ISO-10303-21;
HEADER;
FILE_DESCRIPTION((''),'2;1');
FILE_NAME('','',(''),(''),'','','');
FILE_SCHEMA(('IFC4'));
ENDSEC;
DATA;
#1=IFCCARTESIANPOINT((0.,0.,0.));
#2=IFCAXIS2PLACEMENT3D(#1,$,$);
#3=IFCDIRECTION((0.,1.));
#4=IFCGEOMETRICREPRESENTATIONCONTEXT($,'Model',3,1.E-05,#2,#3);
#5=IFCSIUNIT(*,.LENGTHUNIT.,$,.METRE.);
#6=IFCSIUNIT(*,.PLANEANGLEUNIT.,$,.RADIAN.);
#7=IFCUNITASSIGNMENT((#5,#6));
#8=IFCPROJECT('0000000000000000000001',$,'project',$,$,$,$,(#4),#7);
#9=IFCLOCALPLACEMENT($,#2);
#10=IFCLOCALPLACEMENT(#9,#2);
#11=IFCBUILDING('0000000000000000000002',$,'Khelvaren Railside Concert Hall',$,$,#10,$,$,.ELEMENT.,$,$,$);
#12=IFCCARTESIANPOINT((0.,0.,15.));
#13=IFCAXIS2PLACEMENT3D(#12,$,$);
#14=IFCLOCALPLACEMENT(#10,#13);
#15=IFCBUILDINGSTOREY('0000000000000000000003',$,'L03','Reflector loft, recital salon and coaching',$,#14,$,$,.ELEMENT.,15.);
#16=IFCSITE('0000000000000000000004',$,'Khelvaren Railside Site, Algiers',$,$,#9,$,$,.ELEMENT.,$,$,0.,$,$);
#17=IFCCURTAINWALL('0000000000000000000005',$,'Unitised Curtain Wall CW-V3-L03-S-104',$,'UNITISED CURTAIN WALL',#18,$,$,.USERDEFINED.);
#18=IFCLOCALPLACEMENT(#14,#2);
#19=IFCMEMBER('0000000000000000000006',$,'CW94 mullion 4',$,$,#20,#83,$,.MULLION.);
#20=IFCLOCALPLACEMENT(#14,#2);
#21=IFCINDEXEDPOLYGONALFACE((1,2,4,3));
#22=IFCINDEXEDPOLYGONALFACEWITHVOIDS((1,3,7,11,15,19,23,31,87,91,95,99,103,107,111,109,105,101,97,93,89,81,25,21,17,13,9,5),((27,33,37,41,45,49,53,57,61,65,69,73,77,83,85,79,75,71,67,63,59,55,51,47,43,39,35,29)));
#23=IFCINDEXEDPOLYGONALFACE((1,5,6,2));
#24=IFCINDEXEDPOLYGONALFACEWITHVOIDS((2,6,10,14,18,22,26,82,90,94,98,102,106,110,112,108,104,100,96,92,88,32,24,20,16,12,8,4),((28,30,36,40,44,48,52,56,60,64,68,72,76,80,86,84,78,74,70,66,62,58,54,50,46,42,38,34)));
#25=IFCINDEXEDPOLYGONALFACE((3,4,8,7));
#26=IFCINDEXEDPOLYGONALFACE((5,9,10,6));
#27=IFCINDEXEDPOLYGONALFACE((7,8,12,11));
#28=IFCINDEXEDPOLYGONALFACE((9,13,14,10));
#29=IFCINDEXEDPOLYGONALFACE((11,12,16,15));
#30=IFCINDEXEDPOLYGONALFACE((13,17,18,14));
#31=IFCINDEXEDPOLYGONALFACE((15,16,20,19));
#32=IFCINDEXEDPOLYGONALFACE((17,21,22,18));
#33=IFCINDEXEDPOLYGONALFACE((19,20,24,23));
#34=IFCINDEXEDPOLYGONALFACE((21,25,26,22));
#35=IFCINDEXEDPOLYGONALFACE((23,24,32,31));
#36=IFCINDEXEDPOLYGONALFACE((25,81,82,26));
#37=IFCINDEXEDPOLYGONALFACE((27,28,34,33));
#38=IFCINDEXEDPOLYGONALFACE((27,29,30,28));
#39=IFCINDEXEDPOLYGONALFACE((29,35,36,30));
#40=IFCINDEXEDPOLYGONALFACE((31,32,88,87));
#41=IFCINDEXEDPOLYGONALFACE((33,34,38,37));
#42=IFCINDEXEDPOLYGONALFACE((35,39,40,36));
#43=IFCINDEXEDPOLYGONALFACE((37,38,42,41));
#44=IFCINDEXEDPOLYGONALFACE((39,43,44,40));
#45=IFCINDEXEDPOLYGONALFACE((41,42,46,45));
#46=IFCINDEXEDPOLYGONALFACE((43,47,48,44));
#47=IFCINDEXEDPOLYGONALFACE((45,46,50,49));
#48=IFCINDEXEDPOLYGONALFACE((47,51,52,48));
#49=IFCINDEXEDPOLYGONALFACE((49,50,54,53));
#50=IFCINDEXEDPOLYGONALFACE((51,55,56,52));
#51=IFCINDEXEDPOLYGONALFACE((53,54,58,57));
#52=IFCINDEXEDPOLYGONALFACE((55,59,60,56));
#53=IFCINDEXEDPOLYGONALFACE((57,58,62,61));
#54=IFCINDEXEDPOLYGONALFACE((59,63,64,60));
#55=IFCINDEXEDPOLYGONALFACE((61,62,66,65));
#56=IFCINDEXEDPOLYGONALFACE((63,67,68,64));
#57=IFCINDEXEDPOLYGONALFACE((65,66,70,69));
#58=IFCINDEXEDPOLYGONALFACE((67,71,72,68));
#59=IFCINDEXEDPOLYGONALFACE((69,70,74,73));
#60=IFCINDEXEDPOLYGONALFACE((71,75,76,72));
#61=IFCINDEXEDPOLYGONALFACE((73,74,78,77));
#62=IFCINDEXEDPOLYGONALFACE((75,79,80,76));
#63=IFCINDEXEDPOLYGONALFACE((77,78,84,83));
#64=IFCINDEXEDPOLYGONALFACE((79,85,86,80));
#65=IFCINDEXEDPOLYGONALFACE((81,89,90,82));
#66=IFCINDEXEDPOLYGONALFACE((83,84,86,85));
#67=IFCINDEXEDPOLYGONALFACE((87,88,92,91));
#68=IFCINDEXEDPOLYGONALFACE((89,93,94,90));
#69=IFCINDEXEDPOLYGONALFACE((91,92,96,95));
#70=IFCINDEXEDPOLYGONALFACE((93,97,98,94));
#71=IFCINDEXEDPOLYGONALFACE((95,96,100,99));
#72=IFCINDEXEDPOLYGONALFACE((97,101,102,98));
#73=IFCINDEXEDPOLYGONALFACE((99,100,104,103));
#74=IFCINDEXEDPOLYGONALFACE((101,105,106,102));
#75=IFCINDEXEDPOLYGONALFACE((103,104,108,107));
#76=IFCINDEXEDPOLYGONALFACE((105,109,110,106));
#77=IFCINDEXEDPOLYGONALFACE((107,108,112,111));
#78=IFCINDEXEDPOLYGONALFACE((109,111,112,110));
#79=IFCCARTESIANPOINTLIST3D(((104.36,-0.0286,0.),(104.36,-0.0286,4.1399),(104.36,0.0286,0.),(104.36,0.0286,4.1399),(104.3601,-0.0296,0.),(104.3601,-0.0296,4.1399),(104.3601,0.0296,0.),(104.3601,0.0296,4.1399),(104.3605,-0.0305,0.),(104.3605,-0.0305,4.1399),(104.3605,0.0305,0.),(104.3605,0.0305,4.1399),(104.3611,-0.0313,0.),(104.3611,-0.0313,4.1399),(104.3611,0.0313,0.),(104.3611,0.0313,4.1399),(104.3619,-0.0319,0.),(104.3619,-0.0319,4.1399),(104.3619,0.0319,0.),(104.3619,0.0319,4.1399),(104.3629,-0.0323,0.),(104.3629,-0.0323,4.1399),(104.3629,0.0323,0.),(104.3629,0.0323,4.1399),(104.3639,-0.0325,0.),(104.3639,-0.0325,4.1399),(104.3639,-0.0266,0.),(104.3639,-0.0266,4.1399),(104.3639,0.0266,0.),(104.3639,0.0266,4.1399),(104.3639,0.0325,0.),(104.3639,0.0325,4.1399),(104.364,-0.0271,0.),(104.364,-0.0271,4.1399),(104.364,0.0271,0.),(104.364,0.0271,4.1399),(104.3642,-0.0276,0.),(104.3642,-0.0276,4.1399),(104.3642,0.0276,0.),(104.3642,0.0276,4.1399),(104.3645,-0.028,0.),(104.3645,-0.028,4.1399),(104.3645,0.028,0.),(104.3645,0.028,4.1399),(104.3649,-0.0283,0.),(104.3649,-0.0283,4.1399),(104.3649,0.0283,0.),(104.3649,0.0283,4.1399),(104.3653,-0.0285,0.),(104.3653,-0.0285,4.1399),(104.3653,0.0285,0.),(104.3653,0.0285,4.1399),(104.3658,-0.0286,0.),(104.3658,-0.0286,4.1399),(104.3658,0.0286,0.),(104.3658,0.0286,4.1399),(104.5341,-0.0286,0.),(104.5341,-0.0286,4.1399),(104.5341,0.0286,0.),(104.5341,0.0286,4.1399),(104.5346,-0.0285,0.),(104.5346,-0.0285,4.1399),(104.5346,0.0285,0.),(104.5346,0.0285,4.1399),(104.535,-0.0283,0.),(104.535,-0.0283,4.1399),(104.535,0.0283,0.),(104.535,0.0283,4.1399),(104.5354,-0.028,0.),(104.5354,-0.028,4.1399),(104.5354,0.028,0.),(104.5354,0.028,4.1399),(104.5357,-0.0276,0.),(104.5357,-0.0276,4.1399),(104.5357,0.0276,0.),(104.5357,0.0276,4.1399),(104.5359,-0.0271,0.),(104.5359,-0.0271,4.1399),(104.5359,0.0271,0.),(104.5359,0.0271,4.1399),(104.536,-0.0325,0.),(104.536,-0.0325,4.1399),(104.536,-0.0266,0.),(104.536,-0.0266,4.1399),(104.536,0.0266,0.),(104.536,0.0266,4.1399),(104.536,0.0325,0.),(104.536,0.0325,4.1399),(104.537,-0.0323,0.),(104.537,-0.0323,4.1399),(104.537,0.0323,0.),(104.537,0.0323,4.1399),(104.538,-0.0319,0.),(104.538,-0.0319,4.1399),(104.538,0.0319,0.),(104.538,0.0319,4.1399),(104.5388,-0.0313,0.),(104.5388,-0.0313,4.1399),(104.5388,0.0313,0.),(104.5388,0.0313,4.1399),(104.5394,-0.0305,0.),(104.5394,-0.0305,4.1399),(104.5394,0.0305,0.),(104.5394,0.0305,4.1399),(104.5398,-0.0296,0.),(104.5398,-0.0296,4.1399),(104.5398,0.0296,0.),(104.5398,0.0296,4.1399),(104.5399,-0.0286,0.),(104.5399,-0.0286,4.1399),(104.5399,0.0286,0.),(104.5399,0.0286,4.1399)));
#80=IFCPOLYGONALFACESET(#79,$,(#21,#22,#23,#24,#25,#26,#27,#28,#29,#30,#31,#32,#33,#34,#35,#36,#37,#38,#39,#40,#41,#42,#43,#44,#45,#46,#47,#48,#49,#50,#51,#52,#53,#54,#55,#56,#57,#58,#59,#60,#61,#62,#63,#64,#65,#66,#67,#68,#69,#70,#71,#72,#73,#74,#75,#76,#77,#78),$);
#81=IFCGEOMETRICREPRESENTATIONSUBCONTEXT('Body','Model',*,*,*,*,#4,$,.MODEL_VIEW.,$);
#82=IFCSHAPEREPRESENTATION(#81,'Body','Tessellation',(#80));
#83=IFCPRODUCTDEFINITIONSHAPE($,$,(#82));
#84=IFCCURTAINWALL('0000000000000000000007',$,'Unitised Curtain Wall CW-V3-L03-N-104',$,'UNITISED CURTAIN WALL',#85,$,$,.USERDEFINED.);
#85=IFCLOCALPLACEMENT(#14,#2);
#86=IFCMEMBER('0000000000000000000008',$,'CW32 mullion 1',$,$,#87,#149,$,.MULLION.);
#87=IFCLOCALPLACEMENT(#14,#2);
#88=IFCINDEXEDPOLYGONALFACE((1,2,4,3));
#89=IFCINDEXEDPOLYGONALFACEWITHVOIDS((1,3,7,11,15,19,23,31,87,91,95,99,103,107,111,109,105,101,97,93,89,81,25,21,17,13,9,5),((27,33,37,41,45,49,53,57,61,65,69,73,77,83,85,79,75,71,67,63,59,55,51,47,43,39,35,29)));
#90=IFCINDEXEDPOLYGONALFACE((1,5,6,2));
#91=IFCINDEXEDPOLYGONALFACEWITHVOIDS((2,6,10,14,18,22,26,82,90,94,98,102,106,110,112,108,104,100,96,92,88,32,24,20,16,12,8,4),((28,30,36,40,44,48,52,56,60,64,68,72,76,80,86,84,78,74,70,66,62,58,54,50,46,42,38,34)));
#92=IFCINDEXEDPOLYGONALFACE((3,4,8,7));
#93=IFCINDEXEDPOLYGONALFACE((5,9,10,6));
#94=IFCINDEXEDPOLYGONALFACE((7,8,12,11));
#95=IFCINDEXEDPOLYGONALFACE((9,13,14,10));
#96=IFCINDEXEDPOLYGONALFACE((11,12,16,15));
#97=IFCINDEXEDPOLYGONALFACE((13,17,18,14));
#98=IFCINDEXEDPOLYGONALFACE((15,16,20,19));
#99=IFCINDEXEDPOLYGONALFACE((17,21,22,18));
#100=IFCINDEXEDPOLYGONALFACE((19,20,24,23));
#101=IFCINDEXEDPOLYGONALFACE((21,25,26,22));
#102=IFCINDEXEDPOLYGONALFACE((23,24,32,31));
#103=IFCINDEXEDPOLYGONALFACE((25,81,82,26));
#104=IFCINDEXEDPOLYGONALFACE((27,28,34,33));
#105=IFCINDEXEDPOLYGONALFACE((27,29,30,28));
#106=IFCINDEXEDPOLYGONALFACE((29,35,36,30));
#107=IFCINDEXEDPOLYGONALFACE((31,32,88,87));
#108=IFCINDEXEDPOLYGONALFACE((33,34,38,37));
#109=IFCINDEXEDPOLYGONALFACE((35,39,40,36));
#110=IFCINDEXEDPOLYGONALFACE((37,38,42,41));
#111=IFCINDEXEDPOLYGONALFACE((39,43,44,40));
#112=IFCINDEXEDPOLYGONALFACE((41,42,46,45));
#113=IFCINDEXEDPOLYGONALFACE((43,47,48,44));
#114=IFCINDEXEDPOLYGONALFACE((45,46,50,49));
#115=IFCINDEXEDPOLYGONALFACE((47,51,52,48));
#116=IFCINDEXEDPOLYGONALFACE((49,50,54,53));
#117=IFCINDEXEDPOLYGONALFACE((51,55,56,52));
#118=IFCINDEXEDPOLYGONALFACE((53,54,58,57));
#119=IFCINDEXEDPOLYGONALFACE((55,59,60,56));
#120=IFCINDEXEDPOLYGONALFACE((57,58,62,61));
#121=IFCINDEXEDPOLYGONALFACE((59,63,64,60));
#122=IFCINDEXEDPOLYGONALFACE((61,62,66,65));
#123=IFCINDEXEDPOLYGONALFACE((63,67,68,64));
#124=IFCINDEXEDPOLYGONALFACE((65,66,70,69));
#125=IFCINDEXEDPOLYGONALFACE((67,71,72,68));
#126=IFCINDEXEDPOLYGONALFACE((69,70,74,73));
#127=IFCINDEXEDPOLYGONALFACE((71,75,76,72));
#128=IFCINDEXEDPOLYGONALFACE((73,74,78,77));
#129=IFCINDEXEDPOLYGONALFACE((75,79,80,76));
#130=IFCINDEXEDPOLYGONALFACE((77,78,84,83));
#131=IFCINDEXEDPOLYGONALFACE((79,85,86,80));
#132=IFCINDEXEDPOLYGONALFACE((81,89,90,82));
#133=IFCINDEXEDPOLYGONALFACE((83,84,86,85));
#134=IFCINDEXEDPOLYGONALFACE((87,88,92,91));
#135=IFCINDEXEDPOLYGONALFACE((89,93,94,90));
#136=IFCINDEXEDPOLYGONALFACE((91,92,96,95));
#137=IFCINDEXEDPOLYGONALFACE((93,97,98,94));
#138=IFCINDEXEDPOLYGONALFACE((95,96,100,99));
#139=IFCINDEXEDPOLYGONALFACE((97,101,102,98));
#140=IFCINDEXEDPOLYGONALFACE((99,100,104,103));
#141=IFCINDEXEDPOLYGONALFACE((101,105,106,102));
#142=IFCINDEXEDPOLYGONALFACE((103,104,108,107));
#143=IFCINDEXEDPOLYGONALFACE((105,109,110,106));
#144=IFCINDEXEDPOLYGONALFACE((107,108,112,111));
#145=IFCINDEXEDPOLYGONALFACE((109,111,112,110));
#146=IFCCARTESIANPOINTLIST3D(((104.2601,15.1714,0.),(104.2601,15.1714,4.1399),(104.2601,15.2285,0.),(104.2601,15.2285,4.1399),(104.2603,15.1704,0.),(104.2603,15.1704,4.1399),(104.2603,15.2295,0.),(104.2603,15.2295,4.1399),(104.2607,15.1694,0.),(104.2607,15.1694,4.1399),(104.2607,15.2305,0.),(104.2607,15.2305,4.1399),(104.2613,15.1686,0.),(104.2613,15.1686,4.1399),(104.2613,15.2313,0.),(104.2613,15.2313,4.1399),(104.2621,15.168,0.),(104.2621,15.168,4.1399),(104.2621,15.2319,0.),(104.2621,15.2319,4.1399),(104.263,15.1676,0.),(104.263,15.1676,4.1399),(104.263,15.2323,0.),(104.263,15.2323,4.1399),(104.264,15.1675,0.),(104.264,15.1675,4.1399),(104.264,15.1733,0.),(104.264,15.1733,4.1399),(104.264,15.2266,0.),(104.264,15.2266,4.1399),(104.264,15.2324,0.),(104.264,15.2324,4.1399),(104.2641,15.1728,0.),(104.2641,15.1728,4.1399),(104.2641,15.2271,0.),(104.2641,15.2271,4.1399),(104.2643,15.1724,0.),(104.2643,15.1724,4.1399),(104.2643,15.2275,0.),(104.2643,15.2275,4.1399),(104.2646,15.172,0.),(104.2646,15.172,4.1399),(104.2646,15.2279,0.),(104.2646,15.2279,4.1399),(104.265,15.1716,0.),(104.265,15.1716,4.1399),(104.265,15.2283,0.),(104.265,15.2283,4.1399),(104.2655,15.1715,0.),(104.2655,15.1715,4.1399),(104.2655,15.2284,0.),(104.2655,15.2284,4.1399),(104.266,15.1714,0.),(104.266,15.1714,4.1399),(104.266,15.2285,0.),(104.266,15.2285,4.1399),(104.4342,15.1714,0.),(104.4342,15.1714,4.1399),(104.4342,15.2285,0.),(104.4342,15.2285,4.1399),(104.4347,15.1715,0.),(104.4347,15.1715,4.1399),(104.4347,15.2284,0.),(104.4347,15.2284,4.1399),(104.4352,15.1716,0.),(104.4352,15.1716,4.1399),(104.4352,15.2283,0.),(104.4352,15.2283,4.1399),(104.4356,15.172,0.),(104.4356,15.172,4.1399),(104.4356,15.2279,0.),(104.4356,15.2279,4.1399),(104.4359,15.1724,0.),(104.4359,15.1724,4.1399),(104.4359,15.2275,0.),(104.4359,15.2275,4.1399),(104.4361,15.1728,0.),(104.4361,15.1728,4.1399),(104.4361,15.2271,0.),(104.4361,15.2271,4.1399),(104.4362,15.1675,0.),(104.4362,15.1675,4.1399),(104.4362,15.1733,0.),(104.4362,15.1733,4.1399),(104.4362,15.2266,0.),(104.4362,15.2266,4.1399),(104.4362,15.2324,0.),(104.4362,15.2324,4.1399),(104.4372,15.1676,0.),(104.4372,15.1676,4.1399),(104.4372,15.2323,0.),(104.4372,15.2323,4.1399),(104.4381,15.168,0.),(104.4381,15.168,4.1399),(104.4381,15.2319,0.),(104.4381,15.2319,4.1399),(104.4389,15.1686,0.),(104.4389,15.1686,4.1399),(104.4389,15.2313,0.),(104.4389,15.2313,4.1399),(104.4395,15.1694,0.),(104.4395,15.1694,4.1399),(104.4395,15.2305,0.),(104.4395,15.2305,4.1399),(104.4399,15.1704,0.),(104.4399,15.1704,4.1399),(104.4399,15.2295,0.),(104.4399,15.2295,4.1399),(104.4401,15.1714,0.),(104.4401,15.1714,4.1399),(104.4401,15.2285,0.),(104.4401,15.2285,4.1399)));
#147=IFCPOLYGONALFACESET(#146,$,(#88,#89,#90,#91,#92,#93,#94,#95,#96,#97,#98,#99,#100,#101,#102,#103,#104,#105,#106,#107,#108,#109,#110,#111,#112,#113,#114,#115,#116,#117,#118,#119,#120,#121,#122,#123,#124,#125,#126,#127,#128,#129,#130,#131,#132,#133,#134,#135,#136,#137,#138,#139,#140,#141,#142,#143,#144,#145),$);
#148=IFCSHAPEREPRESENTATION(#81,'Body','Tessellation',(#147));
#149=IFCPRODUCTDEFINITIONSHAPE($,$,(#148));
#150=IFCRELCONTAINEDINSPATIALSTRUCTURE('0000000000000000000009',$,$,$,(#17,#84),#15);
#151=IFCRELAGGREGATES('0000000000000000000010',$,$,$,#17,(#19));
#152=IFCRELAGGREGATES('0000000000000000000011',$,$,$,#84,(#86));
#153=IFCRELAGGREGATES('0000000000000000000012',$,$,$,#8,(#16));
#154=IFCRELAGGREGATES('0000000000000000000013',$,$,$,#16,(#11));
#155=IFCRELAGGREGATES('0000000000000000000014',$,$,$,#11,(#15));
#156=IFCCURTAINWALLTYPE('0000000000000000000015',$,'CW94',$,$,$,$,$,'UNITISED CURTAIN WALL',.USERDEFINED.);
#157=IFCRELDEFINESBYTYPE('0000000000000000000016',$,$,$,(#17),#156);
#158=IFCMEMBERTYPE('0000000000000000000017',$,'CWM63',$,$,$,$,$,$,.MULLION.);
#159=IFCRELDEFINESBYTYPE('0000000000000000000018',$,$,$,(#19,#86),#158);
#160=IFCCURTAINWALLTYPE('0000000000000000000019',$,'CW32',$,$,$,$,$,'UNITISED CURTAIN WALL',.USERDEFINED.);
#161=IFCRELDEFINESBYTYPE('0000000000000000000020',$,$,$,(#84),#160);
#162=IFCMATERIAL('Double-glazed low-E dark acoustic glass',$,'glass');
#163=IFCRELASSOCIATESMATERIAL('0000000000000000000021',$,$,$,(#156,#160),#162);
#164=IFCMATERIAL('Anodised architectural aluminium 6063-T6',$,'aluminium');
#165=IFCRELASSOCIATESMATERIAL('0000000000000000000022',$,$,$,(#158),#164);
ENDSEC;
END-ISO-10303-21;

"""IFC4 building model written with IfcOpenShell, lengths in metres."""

from ifc_helpers import new_model, si_unit, direction, frame, origin, origin_2d, place, context, subcontext, project, spatial, hollow_rectangle, extrude, material, material_profile, profile_set, type_object, element, aggregate, save


model = new_model("IFC4")

# Units and contexts
model_context = context("Model", 3, precision=1e-05, world=origin(), true_north=direction((0.0, 1.0)))
body_context = subcontext(model_context, "Body", "Model", "MODEL_VIEW")
ifc_project = project(units=[si_unit("LENGTHUNIT", "METRE"), si_unit("PLANEANGLEUNIT", "RADIAN")], contexts=[model_context])

# Site, building, storey
site_placement = place(None, origin())
site = spatial("IfcSite", under=ifc_project, at=site_placement, Name="Khelvaren Railside Site, Algiers", CompositionType="ELEMENT", RefElevation=0.0)
building_placement = place(site_placement, origin())
building = spatial("IfcBuilding", under=site, at=building_placement, Name="Khelvaren Railside Concert Hall", CompositionType="ELEMENT")
storey_placement = place(building_placement, frame((0.0, 0.0, 15.0)))
storey = spatial("IfcBuildingStorey", under=building, at=storey_placement, Name="L03", Description="Reflector loft, recital salon and coaching", CompositionType="ELEMENT", Elevation=15.0)

# Curtain walls, members
ifc_material_1 = material(Name="Double-glazed low-E dark acoustic glass", Category="glass")
curtain_wall_type_1 = type_object("IfcCurtainWallType", Name="CW94", ElementType="UNITISED CURTAIN WALL", PredefinedType="USERDEFINED", material=ifc_material_1)
curtain_wall_1_placement = place(storey_placement, origin())
curtain_wall_1 = element("IfcCurtainWall", 1, at=curtain_wall_1_placement, inside=storey, type_object=curtain_wall_type_1, Name="Unitised Curtain Wall CW-V3-L03-S-104", ObjectType="UNITISED CURTAIN WALL", PredefinedType="USERDEFINED")
ifc_material_2 = material(Name="Anodised architectural aluminium 6063-T6", Category="aluminium")
ifc_material_profile_1 = material_profile(ifc_material_2, hollow_rectangle(XDim=0.0649, YDim=0.1799, WallThickness=0.0039, InnerFilletRadius=0.002, OuterFilletRadius=0.0039, at=origin_2d()), Name="CWM 65x180x4")
ifc_profile_set_1 = profile_set([ifc_material_profile_1], Name="Anodised architectural aluminium 6063-T6")
member_type_1 = type_object("IfcMemberType", Name="CWM63", PredefinedType="MULLION", material=ifc_profile_set_1)
member_1_placement = place(storey_placement, frame((104.45, 0.0, 0.0), z_axis=(0.0, 0.0, 1.0), x_axis=(0.0, -1.0, 0.0)))
member_1 = element("IfcMember", 2, at=member_1_placement, type_object=member_type_1, Name="CW94 mullion 4", PredefinedType="MULLION", context=body_context, shape_type="SweptSolid", body=[
    extrude(hollow_rectangle(XDim=0.0649, YDim=0.1799, WallThickness=0.0039, InnerFilletRadius=0.002, OuterFilletRadius=0.0039, at=origin_2d()), origin(), (0.0, 0.0, 1.0), 4.1399),
])
curtain_wall_type_2 = type_object("IfcCurtainWallType", Name="CW32", ElementType="UNITISED CURTAIN WALL", PredefinedType="USERDEFINED", material=ifc_material_1)
curtain_wall_2_placement = place(storey_placement, origin())
curtain_wall_2 = element("IfcCurtainWall", 3, at=curtain_wall_2_placement, inside=storey, type_object=curtain_wall_type_2, Name="Unitised Curtain Wall CW-V3-L03-N-104", ObjectType="UNITISED CURTAIN WALL", PredefinedType="USERDEFINED")
member_2_placement = place(storey_placement, frame((104.3501, 15.2, 0.0), z_axis=(0.0, 0.0, 1.0), x_axis=(0.0, 1.0, 0.0)))
member_2 = element("IfcMember", 4, at=member_2_placement, type_object=member_type_1, Name="CW32 mullion 1", PredefinedType="MULLION", context=body_context, shape_type="SweptSolid", body=[
    extrude(hollow_rectangle(XDim=0.0649, YDim=0.1799, WallThickness=0.0039, InnerFilletRadius=0.002, OuterFilletRadius=0.0039, at=origin_2d()), origin(), (0.0, 0.0, 1.0), 4.1399),
])

aggregate(curtain_wall_1, [member_1])
aggregate(curtain_wall_2, [member_2])

save(model, "model.ifc")
